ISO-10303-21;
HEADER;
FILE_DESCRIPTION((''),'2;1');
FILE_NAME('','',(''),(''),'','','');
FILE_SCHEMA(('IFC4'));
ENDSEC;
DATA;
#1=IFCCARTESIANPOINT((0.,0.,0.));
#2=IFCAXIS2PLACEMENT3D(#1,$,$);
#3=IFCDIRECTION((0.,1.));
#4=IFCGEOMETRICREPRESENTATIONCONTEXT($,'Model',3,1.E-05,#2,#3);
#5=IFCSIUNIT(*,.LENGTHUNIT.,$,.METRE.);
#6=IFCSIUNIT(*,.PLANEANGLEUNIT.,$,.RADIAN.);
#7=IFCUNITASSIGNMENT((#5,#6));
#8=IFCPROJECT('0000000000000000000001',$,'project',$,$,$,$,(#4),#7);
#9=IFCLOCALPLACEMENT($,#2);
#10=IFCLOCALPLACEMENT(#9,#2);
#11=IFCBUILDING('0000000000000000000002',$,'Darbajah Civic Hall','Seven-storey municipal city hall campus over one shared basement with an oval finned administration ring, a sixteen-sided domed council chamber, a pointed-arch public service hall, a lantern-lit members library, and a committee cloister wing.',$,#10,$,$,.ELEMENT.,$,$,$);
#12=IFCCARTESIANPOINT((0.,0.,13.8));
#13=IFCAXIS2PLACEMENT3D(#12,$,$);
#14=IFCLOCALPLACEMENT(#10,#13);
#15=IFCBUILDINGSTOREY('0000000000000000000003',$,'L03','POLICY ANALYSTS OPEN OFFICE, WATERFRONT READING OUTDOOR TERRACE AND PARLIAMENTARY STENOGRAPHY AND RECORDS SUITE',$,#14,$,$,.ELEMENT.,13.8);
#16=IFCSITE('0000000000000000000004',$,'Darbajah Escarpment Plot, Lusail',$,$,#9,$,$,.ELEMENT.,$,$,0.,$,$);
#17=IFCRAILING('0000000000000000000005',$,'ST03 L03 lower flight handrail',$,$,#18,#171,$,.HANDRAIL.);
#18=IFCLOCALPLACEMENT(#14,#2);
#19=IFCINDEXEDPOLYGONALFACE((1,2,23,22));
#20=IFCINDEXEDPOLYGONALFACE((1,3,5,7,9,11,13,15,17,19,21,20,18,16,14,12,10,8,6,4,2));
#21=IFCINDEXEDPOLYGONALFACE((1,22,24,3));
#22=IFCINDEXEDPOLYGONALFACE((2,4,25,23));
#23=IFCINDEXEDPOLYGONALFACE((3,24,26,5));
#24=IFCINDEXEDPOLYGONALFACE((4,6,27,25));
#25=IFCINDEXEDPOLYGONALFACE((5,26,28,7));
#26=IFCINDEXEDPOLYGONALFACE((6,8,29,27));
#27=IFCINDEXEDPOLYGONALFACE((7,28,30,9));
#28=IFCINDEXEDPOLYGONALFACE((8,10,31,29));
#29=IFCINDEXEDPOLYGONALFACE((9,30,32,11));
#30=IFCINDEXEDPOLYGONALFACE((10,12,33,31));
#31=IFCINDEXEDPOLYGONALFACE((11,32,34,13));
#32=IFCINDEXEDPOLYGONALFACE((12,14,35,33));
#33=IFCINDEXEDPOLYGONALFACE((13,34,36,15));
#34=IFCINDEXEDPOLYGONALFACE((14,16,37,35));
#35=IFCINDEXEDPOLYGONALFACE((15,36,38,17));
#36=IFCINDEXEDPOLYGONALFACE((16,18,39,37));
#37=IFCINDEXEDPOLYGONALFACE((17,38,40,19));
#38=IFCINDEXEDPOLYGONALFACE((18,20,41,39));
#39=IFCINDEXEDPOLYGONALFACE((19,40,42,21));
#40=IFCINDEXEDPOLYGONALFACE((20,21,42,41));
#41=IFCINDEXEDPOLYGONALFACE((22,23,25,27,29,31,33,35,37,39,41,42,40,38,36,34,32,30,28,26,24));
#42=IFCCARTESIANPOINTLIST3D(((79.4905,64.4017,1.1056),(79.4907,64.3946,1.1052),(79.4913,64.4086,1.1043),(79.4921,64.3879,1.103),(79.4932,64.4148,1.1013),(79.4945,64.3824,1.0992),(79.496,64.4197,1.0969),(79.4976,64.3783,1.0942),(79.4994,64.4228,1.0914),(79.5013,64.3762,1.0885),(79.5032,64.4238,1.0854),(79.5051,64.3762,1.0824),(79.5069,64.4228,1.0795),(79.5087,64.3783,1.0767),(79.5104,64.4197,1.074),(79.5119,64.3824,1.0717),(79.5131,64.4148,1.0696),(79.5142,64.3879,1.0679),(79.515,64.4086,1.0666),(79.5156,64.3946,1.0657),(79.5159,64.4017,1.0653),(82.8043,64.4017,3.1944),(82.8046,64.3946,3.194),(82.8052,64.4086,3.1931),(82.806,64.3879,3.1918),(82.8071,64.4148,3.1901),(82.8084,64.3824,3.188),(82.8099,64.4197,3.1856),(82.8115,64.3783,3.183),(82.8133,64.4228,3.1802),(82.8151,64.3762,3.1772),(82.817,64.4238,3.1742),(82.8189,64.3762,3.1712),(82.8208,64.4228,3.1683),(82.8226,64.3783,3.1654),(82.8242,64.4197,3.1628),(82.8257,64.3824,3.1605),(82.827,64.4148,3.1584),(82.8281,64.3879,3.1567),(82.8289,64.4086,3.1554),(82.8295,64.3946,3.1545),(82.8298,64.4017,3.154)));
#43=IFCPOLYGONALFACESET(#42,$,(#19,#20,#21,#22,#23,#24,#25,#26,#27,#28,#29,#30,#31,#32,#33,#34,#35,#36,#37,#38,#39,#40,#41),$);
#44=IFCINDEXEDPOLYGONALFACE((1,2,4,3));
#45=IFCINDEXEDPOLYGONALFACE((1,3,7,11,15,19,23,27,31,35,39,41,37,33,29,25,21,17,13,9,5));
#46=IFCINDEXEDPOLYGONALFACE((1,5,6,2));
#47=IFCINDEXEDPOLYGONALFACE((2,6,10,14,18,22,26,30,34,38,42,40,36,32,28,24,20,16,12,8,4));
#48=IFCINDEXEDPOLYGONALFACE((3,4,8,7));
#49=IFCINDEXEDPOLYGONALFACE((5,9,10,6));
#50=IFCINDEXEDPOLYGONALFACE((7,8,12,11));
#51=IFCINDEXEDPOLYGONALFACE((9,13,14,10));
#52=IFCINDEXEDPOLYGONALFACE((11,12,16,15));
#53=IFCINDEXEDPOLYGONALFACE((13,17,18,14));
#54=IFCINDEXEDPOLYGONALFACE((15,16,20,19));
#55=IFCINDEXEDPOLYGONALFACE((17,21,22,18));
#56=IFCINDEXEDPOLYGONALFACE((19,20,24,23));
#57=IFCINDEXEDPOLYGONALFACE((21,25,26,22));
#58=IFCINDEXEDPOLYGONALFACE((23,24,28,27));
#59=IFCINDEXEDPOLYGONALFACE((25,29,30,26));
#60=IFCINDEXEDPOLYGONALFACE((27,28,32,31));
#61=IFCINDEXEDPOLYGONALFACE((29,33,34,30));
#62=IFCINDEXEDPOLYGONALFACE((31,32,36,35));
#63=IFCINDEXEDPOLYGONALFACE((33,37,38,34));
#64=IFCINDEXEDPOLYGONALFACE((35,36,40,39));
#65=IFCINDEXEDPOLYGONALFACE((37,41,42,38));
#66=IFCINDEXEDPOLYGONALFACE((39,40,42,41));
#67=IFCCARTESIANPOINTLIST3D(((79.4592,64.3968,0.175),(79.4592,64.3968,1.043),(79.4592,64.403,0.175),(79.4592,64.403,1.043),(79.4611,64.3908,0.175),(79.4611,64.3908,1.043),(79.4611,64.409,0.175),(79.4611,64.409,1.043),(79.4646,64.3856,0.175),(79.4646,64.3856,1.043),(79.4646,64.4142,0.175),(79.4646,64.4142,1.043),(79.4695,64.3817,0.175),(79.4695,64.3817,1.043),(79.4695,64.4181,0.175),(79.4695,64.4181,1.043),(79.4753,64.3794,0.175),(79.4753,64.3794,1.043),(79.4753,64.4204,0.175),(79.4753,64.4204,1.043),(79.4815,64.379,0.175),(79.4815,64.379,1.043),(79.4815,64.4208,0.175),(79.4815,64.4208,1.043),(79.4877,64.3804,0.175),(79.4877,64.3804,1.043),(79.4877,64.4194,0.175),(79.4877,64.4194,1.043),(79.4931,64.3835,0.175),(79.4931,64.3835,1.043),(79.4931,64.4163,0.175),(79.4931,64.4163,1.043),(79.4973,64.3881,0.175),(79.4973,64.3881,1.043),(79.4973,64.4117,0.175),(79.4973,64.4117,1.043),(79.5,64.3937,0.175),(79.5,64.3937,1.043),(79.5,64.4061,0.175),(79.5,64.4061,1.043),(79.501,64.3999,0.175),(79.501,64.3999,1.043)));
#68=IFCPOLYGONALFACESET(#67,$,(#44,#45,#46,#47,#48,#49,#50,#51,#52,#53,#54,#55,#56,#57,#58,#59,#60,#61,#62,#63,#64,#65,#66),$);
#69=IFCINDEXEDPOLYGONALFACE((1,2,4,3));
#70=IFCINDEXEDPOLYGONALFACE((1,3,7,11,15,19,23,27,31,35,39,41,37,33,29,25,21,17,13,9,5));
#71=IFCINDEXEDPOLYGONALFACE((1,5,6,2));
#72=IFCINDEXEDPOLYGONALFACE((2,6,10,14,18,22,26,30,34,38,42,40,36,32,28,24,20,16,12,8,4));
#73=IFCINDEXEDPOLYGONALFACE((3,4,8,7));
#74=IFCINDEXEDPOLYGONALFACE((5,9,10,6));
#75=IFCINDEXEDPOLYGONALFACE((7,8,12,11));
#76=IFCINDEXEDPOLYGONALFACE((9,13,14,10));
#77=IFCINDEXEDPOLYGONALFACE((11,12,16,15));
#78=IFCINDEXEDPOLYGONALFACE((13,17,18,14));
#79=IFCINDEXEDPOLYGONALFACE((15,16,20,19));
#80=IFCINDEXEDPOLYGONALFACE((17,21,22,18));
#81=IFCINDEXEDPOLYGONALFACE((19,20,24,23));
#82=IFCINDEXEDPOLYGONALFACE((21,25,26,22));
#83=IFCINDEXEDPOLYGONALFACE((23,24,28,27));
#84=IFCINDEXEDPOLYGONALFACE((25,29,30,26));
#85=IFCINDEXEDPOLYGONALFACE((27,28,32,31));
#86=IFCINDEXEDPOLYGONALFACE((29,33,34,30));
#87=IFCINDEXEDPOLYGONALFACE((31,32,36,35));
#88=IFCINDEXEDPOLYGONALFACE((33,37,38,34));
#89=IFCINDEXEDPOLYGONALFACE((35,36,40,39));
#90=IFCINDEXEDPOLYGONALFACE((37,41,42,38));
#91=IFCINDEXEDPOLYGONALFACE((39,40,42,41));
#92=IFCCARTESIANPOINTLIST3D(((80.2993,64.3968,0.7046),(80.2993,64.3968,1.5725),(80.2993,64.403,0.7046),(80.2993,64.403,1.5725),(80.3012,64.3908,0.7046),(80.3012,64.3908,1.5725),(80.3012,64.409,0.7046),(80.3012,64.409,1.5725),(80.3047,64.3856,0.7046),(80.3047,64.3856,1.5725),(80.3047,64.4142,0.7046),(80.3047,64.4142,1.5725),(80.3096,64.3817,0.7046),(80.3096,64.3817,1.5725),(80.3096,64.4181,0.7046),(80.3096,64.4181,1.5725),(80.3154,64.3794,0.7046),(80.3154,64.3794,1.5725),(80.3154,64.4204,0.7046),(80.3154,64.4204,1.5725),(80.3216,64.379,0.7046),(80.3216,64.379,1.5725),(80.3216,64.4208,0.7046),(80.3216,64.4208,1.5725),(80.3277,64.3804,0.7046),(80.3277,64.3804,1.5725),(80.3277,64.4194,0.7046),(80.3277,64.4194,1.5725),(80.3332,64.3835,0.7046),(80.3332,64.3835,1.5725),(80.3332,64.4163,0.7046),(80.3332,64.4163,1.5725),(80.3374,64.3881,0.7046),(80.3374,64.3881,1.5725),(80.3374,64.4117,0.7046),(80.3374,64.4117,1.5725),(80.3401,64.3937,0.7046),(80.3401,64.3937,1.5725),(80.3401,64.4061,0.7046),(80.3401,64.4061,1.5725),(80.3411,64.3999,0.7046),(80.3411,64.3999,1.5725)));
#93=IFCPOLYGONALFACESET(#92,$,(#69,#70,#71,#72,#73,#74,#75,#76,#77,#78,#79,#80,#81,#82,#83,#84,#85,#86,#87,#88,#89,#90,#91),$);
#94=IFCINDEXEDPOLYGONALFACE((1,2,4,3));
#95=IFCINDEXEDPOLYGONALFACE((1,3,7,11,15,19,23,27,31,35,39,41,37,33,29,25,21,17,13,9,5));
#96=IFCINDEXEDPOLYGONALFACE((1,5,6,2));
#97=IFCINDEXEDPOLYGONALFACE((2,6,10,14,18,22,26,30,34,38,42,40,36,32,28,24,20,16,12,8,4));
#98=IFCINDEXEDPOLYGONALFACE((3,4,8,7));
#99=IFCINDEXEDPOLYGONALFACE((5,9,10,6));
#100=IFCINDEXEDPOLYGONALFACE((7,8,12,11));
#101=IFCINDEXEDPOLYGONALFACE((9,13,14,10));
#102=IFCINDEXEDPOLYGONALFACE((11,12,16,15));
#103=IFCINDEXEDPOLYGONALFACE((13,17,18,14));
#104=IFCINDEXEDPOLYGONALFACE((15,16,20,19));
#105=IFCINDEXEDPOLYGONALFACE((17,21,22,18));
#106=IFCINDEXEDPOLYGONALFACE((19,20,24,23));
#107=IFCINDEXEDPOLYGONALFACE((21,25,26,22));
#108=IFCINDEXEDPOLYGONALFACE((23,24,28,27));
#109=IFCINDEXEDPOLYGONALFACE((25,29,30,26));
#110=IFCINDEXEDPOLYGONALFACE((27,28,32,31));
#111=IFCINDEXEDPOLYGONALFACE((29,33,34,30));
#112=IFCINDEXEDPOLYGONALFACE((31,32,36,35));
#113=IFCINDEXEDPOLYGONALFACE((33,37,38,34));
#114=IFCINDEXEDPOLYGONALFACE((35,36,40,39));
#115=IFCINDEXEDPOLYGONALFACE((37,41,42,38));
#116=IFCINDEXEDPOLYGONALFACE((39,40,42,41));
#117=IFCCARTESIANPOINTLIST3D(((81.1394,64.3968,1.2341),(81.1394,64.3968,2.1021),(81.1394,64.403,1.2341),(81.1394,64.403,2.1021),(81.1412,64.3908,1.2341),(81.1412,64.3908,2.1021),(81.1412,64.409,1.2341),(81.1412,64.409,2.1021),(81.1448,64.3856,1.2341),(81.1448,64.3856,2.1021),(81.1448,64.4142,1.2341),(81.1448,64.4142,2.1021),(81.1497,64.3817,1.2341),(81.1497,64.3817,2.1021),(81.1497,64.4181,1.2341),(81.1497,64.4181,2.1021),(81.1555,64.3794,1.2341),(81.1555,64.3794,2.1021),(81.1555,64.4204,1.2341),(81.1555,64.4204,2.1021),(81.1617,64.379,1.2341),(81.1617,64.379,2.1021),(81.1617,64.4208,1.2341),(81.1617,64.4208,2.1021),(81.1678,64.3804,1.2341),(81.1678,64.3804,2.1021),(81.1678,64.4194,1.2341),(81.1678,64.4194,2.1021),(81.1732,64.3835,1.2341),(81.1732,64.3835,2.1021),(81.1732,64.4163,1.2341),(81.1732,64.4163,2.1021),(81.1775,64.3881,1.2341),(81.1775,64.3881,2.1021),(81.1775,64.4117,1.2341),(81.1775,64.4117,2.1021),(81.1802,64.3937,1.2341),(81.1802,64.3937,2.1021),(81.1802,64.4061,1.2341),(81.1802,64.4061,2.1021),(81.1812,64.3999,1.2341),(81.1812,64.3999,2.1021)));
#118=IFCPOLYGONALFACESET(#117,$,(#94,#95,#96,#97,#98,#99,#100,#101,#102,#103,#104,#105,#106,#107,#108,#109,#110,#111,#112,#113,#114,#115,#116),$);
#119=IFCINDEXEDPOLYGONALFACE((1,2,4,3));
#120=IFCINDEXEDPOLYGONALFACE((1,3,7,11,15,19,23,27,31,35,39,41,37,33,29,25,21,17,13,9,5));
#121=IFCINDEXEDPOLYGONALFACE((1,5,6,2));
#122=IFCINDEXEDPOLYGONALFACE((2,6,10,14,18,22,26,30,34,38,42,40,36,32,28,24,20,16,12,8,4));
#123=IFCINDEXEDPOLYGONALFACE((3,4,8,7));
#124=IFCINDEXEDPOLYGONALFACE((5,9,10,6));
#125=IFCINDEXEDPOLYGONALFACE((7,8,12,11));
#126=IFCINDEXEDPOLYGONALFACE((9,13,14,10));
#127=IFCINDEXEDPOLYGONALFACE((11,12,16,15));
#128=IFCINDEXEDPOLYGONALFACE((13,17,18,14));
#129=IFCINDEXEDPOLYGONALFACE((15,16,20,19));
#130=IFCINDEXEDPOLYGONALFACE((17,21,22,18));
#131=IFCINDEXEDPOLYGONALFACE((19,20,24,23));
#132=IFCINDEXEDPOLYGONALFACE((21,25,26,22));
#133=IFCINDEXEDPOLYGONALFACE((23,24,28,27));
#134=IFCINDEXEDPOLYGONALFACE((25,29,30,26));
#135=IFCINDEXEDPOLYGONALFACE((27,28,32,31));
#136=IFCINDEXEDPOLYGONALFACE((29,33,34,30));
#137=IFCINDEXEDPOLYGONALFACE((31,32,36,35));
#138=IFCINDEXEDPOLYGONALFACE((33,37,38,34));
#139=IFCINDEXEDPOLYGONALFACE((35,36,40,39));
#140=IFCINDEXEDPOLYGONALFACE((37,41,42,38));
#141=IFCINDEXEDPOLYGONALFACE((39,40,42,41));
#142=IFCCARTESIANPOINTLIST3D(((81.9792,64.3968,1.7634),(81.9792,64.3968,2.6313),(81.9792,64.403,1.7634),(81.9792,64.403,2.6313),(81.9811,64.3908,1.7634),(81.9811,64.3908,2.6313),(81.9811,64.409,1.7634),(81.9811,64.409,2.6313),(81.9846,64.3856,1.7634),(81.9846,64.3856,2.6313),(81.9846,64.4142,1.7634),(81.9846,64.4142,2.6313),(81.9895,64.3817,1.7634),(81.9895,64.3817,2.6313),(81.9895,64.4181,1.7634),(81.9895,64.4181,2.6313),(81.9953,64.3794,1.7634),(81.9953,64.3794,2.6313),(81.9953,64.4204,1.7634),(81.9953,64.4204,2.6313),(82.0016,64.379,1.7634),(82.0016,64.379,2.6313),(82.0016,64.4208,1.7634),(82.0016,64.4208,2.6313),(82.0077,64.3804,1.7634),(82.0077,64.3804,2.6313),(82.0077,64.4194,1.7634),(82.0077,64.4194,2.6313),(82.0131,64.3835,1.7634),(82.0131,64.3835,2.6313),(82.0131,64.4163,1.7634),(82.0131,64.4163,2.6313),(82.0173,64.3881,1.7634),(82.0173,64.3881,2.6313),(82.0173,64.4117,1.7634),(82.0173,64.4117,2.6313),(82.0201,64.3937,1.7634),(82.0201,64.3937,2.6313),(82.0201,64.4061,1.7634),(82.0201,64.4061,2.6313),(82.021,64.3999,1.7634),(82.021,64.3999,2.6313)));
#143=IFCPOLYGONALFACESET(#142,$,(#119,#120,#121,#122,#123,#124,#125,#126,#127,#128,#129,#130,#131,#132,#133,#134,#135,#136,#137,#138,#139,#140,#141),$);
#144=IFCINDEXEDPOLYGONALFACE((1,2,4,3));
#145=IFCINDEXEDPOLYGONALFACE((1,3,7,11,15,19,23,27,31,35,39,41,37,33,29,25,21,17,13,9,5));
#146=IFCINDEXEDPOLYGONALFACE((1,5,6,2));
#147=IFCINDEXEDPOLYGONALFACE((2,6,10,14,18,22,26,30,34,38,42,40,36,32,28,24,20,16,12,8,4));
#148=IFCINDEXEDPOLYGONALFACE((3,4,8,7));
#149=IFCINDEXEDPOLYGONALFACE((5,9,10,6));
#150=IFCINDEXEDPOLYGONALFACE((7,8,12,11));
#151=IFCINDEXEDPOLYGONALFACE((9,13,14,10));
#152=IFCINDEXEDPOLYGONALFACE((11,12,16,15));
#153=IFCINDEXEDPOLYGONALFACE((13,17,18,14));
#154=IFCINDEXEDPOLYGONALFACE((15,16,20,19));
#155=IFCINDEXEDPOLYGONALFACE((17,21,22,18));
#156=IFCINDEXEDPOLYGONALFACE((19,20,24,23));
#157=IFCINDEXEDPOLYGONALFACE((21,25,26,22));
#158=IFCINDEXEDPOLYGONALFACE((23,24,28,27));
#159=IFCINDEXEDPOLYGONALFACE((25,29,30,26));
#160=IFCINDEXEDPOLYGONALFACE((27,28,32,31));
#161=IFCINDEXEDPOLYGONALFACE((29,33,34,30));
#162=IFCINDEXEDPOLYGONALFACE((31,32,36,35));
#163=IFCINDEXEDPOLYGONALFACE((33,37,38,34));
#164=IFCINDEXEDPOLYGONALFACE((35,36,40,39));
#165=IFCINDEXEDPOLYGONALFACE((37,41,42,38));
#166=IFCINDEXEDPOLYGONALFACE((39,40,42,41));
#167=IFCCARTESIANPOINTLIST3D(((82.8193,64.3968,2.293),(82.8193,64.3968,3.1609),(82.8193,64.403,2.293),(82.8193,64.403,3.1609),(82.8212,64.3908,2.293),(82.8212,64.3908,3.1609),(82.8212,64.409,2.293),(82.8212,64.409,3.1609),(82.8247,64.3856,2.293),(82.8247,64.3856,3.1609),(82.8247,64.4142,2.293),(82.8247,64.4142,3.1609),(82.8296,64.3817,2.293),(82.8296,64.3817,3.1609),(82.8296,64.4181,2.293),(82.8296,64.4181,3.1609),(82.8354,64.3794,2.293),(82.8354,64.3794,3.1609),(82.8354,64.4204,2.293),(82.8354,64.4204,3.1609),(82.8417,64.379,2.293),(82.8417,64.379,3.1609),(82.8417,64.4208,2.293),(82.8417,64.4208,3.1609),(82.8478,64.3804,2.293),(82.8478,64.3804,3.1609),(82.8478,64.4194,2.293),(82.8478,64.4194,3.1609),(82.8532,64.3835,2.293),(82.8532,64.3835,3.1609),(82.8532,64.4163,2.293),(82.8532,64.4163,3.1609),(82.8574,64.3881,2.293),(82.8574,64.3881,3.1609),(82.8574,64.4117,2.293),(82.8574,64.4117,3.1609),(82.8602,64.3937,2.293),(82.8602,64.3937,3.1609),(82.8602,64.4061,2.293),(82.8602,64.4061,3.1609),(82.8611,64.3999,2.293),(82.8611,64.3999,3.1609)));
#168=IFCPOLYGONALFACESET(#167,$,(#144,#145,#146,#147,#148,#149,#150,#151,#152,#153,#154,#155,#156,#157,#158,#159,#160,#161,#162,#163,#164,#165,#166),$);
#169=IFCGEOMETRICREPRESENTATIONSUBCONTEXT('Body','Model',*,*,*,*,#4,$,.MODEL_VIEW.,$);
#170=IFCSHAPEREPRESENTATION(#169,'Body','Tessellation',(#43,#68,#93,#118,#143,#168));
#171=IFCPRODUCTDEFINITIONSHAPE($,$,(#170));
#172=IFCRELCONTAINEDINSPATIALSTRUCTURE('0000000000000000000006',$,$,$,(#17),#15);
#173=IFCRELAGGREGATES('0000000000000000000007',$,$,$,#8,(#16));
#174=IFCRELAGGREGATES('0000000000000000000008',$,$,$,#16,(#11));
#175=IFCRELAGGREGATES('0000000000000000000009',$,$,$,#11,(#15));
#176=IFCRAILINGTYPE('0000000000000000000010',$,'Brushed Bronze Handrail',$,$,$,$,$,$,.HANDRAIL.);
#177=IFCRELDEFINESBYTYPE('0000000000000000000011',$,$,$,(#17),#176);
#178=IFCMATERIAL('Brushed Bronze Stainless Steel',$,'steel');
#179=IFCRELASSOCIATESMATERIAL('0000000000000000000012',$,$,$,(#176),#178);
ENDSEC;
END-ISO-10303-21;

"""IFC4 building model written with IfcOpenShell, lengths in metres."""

from ifc_helpers import new_model, si_unit, direction, frame, origin, origin_2d, place, context, subcontext, project, spatial, circle, extrude, material, type_object, element, save


model = new_model("IFC4")

# Units and contexts
model_context = context("Model", 3, precision=1e-05, world=origin(), true_north=direction((0.0, 1.0)))
body_context = subcontext(model_context, "Body", "Model", "MODEL_VIEW")
ifc_project = project(units=[si_unit("LENGTHUNIT", "METRE"), si_unit("PLANEANGLEUNIT", "RADIAN")], contexts=[model_context])

# Site, building, storey
site_placement = place(None, origin())
site = spatial("IfcSite", under=ifc_project, at=site_placement, Name="Darbajah Escarpment Plot, Lusail", CompositionType="ELEMENT", RefElevation=0.0)
building_placement = place(site_placement, origin())
building = spatial("IfcBuilding", under=site, at=building_placement, Name="Darbajah Civic Hall", Description="Seven-storey municipal city hall campus over one shared basement with an oval finned administration ring, a sixteen-sided domed council chamber, a pointed-arch public service hall, a lantern-lit members library, and a committee cloister wing.", CompositionType="ELEMENT")
storey_placement = place(building_placement, frame((0.0, 0.0, 13.8)))
storey = spatial("IfcBuildingStorey", under=building, at=storey_placement, Name="L03", Description="POLICY ANALYSTS OPEN OFFICE, WATERFRONT READING OUTDOOR TERRACE AND PARLIAMENTARY STENOGRAPHY AND RECORDS SUITE", CompositionType="ELEMENT", Elevation=13.8)

# Railing
ifc_material_1 = material(Name="Brushed Bronze Stainless Steel", Category="steel")
railing_type_1 = type_object("IfcRailingType", Name="Brushed Bronze Handrail", PredefinedType="HANDRAIL", material=ifc_material_1)
railing_1_placement = place(storey_placement, frame((79.48, 64.3999, 0.175)))
element("IfcRailing", 1, at=railing_1_placement, inside=storey, type_object=railing_type_1, Name="ST03 L03 lower flight handrail", PredefinedType="HANDRAIL", context=body_context, shape_type="SweptSolid", body=[
    extrude(circle(Radius=0.0239, at=origin_2d()), frame((0.0232, 0.0, 0.9104), z_axis=(0.845972, 0.0, 0.533227), x_axis=(0.0, 1.0, 0.0)), (0.0, 0.0, 1.0), 3.9172),
    extrude(circle(Radius=0.021, at=origin_2d()), origin(), (0.0, 0.0, 1.0), 0.8679),
    extrude(circle(Radius=0.021, at=origin_2d()), frame((0.8401, 0.0, 0.5295)), (0.0, 0.0, 1.0), 0.8679),
    extrude(circle(Radius=0.021, at=origin_2d()), frame((1.6802, 0.0, 1.0591)), (0.0, 0.0, 1.0), 0.8679),
    extrude(circle(Radius=0.021, at=origin_2d()), frame((2.52, 0.0, 1.5884)), (0.0, 0.0, 1.0), 0.8679),
    extrude(circle(Radius=0.021, at=origin_2d()), frame((3.3601, 0.0, 2.1179)), (0.0, 0.0, 1.0), 0.8679),
])

save(model, "model.ifc")
